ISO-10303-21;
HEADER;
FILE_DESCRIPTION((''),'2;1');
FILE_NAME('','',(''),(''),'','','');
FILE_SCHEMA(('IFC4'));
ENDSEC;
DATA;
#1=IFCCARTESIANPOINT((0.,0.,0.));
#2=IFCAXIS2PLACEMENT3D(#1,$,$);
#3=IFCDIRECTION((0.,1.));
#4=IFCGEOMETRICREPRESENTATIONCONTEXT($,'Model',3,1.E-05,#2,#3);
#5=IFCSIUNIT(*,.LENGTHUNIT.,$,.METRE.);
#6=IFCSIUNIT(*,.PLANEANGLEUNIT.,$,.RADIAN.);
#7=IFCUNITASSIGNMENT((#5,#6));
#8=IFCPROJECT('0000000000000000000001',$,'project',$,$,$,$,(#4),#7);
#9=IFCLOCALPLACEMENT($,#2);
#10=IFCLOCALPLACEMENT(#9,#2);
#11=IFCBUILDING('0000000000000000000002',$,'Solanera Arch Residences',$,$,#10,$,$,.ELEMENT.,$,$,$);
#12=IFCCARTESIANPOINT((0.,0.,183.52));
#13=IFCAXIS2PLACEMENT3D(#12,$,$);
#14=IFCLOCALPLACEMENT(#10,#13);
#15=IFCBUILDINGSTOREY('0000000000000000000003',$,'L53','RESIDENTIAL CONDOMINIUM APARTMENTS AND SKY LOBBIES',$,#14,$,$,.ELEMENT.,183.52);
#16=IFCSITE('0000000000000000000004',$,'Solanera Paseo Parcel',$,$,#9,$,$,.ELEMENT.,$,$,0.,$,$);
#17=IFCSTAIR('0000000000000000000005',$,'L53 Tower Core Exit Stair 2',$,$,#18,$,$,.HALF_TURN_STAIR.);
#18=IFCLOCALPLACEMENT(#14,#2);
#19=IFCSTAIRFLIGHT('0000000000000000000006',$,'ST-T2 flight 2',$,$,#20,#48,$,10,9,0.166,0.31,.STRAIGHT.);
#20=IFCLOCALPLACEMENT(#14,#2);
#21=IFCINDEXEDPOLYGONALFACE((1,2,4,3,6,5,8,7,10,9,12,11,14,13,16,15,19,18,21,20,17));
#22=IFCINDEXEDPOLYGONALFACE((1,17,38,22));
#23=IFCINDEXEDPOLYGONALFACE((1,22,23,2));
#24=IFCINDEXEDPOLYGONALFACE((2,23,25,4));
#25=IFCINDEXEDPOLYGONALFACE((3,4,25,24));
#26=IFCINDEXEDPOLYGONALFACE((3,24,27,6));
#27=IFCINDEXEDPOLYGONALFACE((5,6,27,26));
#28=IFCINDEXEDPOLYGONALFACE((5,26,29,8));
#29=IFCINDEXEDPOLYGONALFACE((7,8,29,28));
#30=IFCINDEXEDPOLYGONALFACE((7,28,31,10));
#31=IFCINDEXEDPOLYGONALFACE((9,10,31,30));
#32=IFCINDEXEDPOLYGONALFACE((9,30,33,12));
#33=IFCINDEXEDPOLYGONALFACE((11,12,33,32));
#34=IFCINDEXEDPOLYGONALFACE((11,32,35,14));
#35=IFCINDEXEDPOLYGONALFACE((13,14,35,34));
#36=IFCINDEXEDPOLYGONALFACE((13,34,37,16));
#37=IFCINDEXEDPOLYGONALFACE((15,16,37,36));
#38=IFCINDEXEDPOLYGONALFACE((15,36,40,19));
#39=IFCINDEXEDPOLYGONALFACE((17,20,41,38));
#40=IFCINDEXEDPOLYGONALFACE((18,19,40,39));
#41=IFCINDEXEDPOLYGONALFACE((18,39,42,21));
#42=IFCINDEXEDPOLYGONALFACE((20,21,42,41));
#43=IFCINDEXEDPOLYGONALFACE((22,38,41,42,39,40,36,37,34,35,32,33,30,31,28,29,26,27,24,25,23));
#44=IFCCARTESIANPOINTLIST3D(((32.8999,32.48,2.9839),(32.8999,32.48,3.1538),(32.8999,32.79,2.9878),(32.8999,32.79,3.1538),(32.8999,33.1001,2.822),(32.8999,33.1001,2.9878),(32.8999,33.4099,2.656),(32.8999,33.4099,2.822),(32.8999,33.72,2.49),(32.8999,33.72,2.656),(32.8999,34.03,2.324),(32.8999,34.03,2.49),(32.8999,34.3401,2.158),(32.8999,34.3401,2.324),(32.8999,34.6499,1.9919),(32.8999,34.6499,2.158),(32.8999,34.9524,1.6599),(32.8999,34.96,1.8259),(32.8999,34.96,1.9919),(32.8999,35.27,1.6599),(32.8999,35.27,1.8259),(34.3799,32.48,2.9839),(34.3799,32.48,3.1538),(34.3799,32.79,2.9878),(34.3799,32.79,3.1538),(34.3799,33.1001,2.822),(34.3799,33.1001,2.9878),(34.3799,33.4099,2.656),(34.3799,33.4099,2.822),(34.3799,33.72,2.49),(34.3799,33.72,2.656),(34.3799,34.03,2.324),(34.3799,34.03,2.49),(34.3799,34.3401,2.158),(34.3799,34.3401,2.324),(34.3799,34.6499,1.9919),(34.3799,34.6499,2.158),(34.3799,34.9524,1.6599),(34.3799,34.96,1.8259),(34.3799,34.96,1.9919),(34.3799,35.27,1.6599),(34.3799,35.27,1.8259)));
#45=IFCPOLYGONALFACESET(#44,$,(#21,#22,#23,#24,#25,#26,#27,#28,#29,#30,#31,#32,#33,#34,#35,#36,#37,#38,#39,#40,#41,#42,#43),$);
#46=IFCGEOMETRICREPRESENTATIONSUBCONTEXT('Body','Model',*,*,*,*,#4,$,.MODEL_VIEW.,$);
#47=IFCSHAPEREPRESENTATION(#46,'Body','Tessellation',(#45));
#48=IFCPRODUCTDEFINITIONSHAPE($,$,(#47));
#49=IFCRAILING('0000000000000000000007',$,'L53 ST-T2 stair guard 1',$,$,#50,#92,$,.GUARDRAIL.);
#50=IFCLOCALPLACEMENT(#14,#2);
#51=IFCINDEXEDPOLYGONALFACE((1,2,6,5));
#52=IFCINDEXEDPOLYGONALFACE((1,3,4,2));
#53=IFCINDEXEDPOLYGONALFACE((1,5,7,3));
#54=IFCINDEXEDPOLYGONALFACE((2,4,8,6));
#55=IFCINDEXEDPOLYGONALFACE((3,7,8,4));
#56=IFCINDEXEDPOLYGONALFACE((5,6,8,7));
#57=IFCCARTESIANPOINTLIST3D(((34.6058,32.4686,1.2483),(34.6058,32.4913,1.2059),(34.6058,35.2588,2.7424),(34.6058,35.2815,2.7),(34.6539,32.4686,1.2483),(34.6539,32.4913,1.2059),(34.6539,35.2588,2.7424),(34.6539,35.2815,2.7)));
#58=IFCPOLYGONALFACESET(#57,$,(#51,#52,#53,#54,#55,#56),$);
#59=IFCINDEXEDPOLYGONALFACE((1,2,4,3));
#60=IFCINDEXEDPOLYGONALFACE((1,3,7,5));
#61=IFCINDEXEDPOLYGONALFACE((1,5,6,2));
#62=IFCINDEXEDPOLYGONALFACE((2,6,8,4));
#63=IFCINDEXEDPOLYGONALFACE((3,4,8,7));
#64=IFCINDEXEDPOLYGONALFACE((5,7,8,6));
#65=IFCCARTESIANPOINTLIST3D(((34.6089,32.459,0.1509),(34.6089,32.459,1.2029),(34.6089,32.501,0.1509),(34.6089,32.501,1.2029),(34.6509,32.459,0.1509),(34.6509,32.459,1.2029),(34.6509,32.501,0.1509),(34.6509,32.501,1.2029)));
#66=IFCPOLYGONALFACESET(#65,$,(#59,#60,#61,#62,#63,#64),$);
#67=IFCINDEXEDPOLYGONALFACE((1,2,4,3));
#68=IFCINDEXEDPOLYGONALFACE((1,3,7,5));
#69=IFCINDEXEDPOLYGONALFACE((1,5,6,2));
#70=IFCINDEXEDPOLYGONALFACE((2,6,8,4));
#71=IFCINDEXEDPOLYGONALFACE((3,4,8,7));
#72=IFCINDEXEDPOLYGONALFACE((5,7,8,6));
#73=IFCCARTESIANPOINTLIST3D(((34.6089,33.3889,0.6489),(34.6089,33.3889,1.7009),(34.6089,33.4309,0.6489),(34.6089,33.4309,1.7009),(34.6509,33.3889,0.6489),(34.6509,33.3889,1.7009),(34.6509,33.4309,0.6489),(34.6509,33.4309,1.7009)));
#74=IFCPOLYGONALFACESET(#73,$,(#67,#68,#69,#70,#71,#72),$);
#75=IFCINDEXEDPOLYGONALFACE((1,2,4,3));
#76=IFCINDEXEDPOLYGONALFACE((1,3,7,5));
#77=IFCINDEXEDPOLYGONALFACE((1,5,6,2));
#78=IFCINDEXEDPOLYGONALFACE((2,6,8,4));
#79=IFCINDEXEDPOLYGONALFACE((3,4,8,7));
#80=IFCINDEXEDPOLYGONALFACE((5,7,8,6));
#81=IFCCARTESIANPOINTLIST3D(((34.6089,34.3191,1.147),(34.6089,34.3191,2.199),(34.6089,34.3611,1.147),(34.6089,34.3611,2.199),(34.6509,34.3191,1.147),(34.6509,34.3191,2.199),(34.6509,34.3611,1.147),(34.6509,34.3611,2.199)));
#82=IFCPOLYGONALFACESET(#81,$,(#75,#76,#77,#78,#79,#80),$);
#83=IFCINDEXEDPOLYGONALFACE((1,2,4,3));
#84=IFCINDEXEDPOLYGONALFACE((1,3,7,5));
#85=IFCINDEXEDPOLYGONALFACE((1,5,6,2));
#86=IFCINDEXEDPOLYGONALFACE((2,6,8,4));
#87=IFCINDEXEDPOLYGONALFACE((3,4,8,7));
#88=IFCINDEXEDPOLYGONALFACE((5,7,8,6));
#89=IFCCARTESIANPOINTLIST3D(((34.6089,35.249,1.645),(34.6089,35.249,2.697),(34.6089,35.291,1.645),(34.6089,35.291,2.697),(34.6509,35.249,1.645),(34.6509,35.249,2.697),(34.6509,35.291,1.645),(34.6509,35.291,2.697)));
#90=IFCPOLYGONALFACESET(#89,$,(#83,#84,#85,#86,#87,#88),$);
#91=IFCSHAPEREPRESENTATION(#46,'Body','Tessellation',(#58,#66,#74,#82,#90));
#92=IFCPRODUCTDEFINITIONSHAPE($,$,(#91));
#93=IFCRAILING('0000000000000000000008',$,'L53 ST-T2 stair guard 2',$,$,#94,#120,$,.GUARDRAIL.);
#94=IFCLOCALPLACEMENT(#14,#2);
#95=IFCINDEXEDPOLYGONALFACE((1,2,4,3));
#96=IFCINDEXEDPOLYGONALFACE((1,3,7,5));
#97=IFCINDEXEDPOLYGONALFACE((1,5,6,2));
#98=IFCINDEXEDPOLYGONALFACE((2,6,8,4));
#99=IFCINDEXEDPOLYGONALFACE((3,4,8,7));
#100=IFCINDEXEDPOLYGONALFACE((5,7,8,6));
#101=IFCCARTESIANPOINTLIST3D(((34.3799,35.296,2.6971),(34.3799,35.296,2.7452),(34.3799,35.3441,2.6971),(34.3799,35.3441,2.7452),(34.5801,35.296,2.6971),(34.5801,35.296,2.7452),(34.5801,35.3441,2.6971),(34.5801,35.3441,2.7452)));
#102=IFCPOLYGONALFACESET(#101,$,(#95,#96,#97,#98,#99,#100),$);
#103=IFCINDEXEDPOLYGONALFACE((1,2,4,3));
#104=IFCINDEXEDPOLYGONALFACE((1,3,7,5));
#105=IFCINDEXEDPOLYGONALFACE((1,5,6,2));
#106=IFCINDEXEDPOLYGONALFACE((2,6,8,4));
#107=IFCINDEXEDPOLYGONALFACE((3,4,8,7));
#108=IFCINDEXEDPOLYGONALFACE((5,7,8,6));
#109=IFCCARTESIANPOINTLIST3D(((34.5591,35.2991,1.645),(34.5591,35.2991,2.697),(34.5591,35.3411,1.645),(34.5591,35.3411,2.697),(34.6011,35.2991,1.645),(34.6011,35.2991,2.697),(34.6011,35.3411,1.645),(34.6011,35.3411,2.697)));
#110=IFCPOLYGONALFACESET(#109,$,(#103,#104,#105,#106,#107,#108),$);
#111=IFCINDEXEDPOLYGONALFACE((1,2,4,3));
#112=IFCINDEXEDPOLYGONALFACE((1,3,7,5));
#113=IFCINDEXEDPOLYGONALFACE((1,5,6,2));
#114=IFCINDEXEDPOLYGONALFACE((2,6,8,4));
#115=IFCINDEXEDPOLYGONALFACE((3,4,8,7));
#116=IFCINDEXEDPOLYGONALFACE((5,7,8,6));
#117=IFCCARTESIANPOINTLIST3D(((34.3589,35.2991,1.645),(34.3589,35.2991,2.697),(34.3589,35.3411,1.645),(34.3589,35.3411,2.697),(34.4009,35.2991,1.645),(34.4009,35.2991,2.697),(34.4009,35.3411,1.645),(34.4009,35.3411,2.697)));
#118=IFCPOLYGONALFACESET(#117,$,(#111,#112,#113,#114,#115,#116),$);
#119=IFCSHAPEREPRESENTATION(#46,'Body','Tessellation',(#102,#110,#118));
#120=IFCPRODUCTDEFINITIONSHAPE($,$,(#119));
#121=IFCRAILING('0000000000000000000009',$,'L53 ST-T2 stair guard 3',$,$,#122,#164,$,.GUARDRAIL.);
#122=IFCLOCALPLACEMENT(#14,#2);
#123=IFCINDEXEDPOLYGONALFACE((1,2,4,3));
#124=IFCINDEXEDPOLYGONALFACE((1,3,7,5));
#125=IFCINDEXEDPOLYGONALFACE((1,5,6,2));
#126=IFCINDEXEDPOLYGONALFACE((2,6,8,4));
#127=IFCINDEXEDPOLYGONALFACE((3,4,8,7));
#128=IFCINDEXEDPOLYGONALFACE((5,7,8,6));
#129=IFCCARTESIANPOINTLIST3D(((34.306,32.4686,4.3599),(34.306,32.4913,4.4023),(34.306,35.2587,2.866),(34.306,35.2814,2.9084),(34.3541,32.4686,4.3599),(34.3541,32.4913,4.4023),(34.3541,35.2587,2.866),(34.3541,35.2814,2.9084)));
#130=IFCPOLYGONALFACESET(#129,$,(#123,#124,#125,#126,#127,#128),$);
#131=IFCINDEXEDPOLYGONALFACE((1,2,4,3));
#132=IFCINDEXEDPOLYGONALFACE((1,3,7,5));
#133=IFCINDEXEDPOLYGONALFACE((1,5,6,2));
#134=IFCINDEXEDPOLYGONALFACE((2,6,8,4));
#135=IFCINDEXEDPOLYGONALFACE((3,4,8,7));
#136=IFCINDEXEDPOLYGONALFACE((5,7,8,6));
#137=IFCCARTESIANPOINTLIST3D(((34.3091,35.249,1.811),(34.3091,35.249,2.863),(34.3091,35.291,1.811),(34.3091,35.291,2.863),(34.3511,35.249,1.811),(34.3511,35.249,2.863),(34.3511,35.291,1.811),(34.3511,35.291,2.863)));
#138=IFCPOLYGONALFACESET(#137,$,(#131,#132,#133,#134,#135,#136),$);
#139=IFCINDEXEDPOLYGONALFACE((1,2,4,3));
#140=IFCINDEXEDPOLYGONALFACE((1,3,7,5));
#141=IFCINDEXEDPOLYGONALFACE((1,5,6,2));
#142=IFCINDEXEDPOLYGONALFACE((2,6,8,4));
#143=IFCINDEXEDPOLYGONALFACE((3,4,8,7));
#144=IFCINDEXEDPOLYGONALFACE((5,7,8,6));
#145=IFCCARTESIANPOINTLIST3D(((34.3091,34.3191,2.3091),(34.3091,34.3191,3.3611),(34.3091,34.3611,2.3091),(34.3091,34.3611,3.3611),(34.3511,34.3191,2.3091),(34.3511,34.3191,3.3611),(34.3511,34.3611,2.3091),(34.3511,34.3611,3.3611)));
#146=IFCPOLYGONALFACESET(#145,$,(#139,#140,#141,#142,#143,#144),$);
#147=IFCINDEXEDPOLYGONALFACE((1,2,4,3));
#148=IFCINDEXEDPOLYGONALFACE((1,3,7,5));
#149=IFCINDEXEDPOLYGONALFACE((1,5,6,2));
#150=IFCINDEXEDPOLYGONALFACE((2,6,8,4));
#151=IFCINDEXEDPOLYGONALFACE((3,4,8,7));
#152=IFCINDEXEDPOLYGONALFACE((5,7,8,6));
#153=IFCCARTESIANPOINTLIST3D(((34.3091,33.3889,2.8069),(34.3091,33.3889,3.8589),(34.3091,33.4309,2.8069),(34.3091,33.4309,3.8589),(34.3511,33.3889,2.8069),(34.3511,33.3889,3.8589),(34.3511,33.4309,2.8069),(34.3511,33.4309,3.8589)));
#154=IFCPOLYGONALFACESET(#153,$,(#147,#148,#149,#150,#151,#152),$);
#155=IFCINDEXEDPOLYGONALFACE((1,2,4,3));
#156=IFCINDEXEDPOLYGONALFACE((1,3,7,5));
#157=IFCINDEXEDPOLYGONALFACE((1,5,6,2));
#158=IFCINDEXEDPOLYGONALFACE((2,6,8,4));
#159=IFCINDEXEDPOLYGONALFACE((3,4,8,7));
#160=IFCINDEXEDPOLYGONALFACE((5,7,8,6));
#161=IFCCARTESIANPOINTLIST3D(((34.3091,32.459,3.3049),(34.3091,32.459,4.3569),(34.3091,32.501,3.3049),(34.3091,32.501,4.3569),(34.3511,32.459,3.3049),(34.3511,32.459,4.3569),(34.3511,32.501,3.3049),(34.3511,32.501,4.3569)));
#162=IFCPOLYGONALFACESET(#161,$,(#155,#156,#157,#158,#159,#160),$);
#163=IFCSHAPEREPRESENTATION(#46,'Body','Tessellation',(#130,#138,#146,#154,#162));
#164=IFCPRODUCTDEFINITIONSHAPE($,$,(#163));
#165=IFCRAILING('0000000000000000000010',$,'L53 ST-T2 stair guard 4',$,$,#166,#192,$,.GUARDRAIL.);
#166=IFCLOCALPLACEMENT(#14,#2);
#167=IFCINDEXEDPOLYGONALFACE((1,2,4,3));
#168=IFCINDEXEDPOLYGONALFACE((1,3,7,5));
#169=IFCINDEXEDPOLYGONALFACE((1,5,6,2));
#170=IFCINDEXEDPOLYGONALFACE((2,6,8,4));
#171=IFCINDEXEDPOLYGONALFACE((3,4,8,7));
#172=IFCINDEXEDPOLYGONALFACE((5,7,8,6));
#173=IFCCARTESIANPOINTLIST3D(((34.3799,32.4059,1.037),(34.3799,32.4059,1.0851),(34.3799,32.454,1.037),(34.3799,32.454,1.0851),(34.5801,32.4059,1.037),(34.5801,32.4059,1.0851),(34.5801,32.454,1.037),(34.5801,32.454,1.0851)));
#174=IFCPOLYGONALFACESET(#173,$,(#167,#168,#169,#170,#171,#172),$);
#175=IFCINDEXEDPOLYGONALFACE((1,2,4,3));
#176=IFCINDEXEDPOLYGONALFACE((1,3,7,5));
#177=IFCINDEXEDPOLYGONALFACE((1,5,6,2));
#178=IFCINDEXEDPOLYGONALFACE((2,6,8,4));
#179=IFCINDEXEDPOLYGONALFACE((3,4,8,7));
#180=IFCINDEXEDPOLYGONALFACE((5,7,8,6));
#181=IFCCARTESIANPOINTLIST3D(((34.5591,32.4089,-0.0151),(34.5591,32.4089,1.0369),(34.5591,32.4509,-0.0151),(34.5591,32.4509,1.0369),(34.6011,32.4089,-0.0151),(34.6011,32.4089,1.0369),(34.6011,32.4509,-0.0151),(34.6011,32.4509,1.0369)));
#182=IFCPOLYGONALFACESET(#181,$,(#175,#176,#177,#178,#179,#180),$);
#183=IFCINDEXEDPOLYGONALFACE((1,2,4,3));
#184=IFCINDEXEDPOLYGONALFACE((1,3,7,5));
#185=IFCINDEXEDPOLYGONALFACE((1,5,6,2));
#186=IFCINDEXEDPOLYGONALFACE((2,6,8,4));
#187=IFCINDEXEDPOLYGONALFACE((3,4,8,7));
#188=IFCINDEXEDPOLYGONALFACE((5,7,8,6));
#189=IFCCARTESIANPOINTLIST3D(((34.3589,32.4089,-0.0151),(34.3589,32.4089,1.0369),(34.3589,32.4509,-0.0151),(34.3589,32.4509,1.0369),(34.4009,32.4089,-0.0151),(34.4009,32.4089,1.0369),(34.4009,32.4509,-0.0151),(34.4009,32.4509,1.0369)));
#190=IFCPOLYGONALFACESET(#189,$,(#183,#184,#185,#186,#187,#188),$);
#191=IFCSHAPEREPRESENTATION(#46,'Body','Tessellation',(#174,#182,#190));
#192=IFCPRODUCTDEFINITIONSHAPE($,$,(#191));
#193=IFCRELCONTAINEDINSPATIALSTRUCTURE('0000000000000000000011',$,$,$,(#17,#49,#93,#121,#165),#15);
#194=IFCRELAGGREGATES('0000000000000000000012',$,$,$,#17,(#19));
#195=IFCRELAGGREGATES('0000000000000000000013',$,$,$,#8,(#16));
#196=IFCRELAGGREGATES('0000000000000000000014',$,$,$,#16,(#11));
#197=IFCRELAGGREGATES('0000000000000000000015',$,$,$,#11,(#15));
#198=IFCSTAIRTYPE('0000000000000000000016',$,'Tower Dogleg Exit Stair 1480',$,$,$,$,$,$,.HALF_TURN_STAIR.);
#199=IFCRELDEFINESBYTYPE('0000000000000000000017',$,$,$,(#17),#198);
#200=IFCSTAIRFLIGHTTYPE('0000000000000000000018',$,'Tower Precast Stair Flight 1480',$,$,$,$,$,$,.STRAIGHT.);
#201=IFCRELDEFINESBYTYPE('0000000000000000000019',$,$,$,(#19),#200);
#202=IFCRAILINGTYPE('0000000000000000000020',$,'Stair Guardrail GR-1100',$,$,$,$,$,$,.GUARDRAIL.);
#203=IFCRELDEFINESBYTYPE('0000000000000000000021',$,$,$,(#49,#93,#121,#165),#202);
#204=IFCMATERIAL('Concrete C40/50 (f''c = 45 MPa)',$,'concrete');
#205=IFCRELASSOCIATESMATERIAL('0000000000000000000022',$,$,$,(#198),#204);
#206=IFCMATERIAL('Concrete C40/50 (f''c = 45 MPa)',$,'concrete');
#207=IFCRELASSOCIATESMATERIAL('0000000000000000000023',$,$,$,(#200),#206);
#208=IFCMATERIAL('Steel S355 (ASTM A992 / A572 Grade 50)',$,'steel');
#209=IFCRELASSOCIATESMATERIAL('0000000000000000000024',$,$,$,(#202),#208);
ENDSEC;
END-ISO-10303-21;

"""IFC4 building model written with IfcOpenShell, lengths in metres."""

from ifc_helpers import new_model, si_unit, direction, frame, origin, origin_2d, place, context, subcontext, project, spatial, polyline, rectangle, outline, extrude, material, type_object, element, aggregate, save


model = new_model("IFC4")

# Units and contexts
model_context = context("Model", 3, precision=1e-05, world=origin(), true_north=direction((0.0, 1.0)))
body_context = subcontext(model_context, "Body", "Model", "MODEL_VIEW")
ifc_project = project(units=[si_unit("LENGTHUNIT", "METRE"), si_unit("PLANEANGLEUNIT", "RADIAN")], contexts=[model_context])

# Site, building, storey
site_placement = place(None, origin())
site = spatial("IfcSite", under=ifc_project, at=site_placement, Name="Solanera Paseo Parcel", CompositionType="ELEMENT", RefElevation=0.0)
building_placement = place(site_placement, origin())
building = spatial("IfcBuilding", under=site, at=building_placement, Name="Solanera Arch Residences", CompositionType="ELEMENT")
storey_placement = place(building_placement, frame((0.0, 0.0, 183.52)))
storey = spatial("IfcBuildingStorey", under=building, at=storey_placement, Name="L53", Description="RESIDENTIAL CONDOMINIUM APARTMENTS AND SKY LOBBIES", CompositionType="ELEMENT", Elevation=183.52)

# Stair, stair flight
ifc_material_1 = material(Name="Concrete C40/50 (f'c = 45 MPa)", Category="concrete")
stair_type = type_object("IfcStairType", Name="Tower Dogleg Exit Stair 1480", PredefinedType="HALF_TURN_STAIR", material=ifc_material_1)
stair_placement = place(storey_placement, origin())
stair = element("IfcStair", 1, at=stair_placement, inside=storey, type_object=stair_type, Name="L53 Tower Core Exit Stair 2", PredefinedType="HALF_TURN_STAIR")
ifc_material_2 = material(Name="Concrete C40/50 (f'c = 45 MPa)", Category="concrete")
stair_flight_type = type_object("IfcStairFlightType", Name="Tower Precast Stair Flight 1480", PredefinedType="STRAIGHT", material=ifc_material_2)
stair_flight_1_placement = place(storey_placement, frame((33.6399, 35.27, 1.6599), z_axis=(0.0, 0.0, 1.0), x_axis=(0.0, -1.0, 0.0)))
stair_flight_1 = element("IfcStairFlight", 2, at=stair_flight_1_placement, type_object=stair_flight_type, Name="ST-T2 flight 2", NumberOfRisers=10, NumberOfTreads=9, PredefinedType="STRAIGHT", RiserHeight=0.166, TreadLength=0.31, context=body_context, shape_type="SweptSolid", body=[
    extrude(outline(polyline([(0.0, 0.0), (0.0, 0.166), (0.3101, 0.166), (0.3101, 0.332), (0.6201, 0.332), (0.6201, 0.498), (0.9299, 0.498), (0.9299, 0.6641), (1.24, 0.6641), (1.24, 0.8301), (1.55, 0.8301), (1.55, 0.9961), (1.8601, 0.9961), (1.8601, 1.1621), (2.1699, 1.1621), (2.1699, 1.3279), (2.48, 1.3279), (2.48, 1.4939), (2.79, 1.4939), (2.79, 1.6599), (2.79, 1.324), (0.3176, 0.0), (0.0, 0.0)])), frame((0.0, 0.74, 0.0), z_axis=(0.0, -1.0, 0.0), x_axis=(1.0, 0.0, 0.0)), (0.0, 0.0, 1.0), 1.48),
])
aggregate(stair, [stair_flight_1])

# Railings
ifc_material_3 = material(Name="Steel S355 (ASTM A992 / A572 Grade 50)", Category="steel")
railing_type_1 = type_object("IfcRailingType", Name="Stair Guardrail GR-1100", PredefinedType="GUARDRAIL", material=ifc_material_3)
railing_1_placement = place(storey_placement, frame((34.6299, 32.48, 0.1509)))
element("IfcRailing", 3, at=railing_1_placement, inside=storey, type_object=railing_type_1, Name="L53 ST-T2 stair guard 1", PredefinedType="GUARDRAIL", context=body_context, shape_type="SweptSolid", body=[
    extrude(rectangle(XDim=0.0481, YDim=0.0481, at=origin_2d()), frame((0.0, 0.0, 1.0762), z_axis=(0.0, 0.881549, 0.472093), x_axis=(-1.0, 0.0, 0.0)), (0.0, 0.0, 1.0), 3.165),
    extrude(rectangle(XDim=0.042, YDim=0.042, at=origin_2d()), origin(), (0.0, 0.0, 1.0), 1.052),
    extrude(rectangle(XDim=0.042, YDim=0.042, at=origin_2d()), frame((0.0, 0.9299, 0.498)), (0.0, 0.0, 1.0), 1.052),
    extrude(rectangle(XDim=0.042, YDim=0.042, at=origin_2d()), frame((0.0, 1.8601, 0.9961)), (0.0, 0.0, 1.0), 1.052),
    extrude(rectangle(XDim=0.042, YDim=0.042, at=origin_2d()), frame((0.0, 2.79, 1.4941)), (0.0, 0.0, 1.0), 1.052),
])
railing_2_placement = place(storey_placement, frame((34.5801, 35.3201, 1.645)))
element("IfcRailing", 4, at=railing_2_placement, inside=storey, type_object=railing_type_1, Name="L53 ST-T2 stair guard 2", PredefinedType="GUARDRAIL", context=body_context, shape_type="SweptSolid", body=[
    extrude(rectangle(XDim=0.0481, YDim=0.0481, at=origin_2d()), frame((0.0, 0.0, 1.0762), z_axis=(-1.0, 0.0, 0.0), x_axis=(0.0, -1.0, 0.0)), (0.0, 0.0, 1.0), 0.2002),
    extrude(rectangle(XDim=0.042, YDim=0.042, at=origin_2d()), origin(), (0.0, 0.0, 1.0), 1.052),
    extrude(rectangle(XDim=0.042, YDim=0.042, at=origin_2d()), frame((-0.2002, 0.0, 0.0)), (0.0, 0.0, 1.0), 1.052),
])
railing_3_placement = place(storey_placement, frame((34.3301, 35.27, 1.811)))
element("IfcRailing", 5, at=railing_3_placement, inside=storey, type_object=railing_type_1, Name="L53 ST-T2 stair guard 3", PredefinedType="GUARDRAIL", context=body_context, shape_type="SweptSolid", body=[
    extrude(rectangle(XDim=0.0481, YDim=0.0481, at=origin_2d()), frame((0.0, 0.0, 1.0762), z_axis=(0.0, -0.881581, 0.472033), x_axis=(1.0, 0.0, 0.0)), (0.0, 0.0, 1.0), 3.1648),
    extrude(rectangle(XDim=0.042, YDim=0.042, at=origin_2d()), origin(), (0.0, 0.0, 1.0), 1.052),
    extrude(rectangle(XDim=0.042, YDim=0.042, at=origin_2d()), frame((0.0, -0.9299, 0.498)), (0.0, 0.0, 1.0), 1.052),
    extrude(rectangle(XDim=0.042, YDim=0.042, at=origin_2d()), frame((0.0, -1.8601, 0.9958)), (0.0, 0.0, 1.0), 1.052),
    extrude(rectangle(XDim=0.042, YDim=0.042, at=origin_2d()), frame((0.0, -2.79, 1.4939)), (0.0, 0.0, 1.0), 1.052),
])
railing_4_placement = place(storey_placement, frame((34.5801, 32.4299, -0.0151)))
element("IfcRailing", 6, at=railing_4_placement, inside=storey, type_object=railing_type_1, Name="L53 ST-T2 stair guard 4", PredefinedType="GUARDRAIL", context=body_context, shape_type="SweptSolid", body=[
    extrude(rectangle(XDim=0.0481, YDim=0.0481, at=origin_2d()), frame((0.0, 0.0, 1.0762), z_axis=(-1.0, 0.0, 0.0), x_axis=(0.0, -1.0, 0.0)), (0.0, 0.0, 1.0), 0.2002),
    extrude(rectangle(XDim=0.042, YDim=0.042, at=origin_2d()), origin(), (0.0, 0.0, 1.0), 1.052),
    extrude(rectangle(XDim=0.042, YDim=0.042, at=origin_2d()), frame((-0.2002, 0.0, 0.0)), (0.0, 0.0, 1.0), 1.052),
])

save(model, "model.ifc")
